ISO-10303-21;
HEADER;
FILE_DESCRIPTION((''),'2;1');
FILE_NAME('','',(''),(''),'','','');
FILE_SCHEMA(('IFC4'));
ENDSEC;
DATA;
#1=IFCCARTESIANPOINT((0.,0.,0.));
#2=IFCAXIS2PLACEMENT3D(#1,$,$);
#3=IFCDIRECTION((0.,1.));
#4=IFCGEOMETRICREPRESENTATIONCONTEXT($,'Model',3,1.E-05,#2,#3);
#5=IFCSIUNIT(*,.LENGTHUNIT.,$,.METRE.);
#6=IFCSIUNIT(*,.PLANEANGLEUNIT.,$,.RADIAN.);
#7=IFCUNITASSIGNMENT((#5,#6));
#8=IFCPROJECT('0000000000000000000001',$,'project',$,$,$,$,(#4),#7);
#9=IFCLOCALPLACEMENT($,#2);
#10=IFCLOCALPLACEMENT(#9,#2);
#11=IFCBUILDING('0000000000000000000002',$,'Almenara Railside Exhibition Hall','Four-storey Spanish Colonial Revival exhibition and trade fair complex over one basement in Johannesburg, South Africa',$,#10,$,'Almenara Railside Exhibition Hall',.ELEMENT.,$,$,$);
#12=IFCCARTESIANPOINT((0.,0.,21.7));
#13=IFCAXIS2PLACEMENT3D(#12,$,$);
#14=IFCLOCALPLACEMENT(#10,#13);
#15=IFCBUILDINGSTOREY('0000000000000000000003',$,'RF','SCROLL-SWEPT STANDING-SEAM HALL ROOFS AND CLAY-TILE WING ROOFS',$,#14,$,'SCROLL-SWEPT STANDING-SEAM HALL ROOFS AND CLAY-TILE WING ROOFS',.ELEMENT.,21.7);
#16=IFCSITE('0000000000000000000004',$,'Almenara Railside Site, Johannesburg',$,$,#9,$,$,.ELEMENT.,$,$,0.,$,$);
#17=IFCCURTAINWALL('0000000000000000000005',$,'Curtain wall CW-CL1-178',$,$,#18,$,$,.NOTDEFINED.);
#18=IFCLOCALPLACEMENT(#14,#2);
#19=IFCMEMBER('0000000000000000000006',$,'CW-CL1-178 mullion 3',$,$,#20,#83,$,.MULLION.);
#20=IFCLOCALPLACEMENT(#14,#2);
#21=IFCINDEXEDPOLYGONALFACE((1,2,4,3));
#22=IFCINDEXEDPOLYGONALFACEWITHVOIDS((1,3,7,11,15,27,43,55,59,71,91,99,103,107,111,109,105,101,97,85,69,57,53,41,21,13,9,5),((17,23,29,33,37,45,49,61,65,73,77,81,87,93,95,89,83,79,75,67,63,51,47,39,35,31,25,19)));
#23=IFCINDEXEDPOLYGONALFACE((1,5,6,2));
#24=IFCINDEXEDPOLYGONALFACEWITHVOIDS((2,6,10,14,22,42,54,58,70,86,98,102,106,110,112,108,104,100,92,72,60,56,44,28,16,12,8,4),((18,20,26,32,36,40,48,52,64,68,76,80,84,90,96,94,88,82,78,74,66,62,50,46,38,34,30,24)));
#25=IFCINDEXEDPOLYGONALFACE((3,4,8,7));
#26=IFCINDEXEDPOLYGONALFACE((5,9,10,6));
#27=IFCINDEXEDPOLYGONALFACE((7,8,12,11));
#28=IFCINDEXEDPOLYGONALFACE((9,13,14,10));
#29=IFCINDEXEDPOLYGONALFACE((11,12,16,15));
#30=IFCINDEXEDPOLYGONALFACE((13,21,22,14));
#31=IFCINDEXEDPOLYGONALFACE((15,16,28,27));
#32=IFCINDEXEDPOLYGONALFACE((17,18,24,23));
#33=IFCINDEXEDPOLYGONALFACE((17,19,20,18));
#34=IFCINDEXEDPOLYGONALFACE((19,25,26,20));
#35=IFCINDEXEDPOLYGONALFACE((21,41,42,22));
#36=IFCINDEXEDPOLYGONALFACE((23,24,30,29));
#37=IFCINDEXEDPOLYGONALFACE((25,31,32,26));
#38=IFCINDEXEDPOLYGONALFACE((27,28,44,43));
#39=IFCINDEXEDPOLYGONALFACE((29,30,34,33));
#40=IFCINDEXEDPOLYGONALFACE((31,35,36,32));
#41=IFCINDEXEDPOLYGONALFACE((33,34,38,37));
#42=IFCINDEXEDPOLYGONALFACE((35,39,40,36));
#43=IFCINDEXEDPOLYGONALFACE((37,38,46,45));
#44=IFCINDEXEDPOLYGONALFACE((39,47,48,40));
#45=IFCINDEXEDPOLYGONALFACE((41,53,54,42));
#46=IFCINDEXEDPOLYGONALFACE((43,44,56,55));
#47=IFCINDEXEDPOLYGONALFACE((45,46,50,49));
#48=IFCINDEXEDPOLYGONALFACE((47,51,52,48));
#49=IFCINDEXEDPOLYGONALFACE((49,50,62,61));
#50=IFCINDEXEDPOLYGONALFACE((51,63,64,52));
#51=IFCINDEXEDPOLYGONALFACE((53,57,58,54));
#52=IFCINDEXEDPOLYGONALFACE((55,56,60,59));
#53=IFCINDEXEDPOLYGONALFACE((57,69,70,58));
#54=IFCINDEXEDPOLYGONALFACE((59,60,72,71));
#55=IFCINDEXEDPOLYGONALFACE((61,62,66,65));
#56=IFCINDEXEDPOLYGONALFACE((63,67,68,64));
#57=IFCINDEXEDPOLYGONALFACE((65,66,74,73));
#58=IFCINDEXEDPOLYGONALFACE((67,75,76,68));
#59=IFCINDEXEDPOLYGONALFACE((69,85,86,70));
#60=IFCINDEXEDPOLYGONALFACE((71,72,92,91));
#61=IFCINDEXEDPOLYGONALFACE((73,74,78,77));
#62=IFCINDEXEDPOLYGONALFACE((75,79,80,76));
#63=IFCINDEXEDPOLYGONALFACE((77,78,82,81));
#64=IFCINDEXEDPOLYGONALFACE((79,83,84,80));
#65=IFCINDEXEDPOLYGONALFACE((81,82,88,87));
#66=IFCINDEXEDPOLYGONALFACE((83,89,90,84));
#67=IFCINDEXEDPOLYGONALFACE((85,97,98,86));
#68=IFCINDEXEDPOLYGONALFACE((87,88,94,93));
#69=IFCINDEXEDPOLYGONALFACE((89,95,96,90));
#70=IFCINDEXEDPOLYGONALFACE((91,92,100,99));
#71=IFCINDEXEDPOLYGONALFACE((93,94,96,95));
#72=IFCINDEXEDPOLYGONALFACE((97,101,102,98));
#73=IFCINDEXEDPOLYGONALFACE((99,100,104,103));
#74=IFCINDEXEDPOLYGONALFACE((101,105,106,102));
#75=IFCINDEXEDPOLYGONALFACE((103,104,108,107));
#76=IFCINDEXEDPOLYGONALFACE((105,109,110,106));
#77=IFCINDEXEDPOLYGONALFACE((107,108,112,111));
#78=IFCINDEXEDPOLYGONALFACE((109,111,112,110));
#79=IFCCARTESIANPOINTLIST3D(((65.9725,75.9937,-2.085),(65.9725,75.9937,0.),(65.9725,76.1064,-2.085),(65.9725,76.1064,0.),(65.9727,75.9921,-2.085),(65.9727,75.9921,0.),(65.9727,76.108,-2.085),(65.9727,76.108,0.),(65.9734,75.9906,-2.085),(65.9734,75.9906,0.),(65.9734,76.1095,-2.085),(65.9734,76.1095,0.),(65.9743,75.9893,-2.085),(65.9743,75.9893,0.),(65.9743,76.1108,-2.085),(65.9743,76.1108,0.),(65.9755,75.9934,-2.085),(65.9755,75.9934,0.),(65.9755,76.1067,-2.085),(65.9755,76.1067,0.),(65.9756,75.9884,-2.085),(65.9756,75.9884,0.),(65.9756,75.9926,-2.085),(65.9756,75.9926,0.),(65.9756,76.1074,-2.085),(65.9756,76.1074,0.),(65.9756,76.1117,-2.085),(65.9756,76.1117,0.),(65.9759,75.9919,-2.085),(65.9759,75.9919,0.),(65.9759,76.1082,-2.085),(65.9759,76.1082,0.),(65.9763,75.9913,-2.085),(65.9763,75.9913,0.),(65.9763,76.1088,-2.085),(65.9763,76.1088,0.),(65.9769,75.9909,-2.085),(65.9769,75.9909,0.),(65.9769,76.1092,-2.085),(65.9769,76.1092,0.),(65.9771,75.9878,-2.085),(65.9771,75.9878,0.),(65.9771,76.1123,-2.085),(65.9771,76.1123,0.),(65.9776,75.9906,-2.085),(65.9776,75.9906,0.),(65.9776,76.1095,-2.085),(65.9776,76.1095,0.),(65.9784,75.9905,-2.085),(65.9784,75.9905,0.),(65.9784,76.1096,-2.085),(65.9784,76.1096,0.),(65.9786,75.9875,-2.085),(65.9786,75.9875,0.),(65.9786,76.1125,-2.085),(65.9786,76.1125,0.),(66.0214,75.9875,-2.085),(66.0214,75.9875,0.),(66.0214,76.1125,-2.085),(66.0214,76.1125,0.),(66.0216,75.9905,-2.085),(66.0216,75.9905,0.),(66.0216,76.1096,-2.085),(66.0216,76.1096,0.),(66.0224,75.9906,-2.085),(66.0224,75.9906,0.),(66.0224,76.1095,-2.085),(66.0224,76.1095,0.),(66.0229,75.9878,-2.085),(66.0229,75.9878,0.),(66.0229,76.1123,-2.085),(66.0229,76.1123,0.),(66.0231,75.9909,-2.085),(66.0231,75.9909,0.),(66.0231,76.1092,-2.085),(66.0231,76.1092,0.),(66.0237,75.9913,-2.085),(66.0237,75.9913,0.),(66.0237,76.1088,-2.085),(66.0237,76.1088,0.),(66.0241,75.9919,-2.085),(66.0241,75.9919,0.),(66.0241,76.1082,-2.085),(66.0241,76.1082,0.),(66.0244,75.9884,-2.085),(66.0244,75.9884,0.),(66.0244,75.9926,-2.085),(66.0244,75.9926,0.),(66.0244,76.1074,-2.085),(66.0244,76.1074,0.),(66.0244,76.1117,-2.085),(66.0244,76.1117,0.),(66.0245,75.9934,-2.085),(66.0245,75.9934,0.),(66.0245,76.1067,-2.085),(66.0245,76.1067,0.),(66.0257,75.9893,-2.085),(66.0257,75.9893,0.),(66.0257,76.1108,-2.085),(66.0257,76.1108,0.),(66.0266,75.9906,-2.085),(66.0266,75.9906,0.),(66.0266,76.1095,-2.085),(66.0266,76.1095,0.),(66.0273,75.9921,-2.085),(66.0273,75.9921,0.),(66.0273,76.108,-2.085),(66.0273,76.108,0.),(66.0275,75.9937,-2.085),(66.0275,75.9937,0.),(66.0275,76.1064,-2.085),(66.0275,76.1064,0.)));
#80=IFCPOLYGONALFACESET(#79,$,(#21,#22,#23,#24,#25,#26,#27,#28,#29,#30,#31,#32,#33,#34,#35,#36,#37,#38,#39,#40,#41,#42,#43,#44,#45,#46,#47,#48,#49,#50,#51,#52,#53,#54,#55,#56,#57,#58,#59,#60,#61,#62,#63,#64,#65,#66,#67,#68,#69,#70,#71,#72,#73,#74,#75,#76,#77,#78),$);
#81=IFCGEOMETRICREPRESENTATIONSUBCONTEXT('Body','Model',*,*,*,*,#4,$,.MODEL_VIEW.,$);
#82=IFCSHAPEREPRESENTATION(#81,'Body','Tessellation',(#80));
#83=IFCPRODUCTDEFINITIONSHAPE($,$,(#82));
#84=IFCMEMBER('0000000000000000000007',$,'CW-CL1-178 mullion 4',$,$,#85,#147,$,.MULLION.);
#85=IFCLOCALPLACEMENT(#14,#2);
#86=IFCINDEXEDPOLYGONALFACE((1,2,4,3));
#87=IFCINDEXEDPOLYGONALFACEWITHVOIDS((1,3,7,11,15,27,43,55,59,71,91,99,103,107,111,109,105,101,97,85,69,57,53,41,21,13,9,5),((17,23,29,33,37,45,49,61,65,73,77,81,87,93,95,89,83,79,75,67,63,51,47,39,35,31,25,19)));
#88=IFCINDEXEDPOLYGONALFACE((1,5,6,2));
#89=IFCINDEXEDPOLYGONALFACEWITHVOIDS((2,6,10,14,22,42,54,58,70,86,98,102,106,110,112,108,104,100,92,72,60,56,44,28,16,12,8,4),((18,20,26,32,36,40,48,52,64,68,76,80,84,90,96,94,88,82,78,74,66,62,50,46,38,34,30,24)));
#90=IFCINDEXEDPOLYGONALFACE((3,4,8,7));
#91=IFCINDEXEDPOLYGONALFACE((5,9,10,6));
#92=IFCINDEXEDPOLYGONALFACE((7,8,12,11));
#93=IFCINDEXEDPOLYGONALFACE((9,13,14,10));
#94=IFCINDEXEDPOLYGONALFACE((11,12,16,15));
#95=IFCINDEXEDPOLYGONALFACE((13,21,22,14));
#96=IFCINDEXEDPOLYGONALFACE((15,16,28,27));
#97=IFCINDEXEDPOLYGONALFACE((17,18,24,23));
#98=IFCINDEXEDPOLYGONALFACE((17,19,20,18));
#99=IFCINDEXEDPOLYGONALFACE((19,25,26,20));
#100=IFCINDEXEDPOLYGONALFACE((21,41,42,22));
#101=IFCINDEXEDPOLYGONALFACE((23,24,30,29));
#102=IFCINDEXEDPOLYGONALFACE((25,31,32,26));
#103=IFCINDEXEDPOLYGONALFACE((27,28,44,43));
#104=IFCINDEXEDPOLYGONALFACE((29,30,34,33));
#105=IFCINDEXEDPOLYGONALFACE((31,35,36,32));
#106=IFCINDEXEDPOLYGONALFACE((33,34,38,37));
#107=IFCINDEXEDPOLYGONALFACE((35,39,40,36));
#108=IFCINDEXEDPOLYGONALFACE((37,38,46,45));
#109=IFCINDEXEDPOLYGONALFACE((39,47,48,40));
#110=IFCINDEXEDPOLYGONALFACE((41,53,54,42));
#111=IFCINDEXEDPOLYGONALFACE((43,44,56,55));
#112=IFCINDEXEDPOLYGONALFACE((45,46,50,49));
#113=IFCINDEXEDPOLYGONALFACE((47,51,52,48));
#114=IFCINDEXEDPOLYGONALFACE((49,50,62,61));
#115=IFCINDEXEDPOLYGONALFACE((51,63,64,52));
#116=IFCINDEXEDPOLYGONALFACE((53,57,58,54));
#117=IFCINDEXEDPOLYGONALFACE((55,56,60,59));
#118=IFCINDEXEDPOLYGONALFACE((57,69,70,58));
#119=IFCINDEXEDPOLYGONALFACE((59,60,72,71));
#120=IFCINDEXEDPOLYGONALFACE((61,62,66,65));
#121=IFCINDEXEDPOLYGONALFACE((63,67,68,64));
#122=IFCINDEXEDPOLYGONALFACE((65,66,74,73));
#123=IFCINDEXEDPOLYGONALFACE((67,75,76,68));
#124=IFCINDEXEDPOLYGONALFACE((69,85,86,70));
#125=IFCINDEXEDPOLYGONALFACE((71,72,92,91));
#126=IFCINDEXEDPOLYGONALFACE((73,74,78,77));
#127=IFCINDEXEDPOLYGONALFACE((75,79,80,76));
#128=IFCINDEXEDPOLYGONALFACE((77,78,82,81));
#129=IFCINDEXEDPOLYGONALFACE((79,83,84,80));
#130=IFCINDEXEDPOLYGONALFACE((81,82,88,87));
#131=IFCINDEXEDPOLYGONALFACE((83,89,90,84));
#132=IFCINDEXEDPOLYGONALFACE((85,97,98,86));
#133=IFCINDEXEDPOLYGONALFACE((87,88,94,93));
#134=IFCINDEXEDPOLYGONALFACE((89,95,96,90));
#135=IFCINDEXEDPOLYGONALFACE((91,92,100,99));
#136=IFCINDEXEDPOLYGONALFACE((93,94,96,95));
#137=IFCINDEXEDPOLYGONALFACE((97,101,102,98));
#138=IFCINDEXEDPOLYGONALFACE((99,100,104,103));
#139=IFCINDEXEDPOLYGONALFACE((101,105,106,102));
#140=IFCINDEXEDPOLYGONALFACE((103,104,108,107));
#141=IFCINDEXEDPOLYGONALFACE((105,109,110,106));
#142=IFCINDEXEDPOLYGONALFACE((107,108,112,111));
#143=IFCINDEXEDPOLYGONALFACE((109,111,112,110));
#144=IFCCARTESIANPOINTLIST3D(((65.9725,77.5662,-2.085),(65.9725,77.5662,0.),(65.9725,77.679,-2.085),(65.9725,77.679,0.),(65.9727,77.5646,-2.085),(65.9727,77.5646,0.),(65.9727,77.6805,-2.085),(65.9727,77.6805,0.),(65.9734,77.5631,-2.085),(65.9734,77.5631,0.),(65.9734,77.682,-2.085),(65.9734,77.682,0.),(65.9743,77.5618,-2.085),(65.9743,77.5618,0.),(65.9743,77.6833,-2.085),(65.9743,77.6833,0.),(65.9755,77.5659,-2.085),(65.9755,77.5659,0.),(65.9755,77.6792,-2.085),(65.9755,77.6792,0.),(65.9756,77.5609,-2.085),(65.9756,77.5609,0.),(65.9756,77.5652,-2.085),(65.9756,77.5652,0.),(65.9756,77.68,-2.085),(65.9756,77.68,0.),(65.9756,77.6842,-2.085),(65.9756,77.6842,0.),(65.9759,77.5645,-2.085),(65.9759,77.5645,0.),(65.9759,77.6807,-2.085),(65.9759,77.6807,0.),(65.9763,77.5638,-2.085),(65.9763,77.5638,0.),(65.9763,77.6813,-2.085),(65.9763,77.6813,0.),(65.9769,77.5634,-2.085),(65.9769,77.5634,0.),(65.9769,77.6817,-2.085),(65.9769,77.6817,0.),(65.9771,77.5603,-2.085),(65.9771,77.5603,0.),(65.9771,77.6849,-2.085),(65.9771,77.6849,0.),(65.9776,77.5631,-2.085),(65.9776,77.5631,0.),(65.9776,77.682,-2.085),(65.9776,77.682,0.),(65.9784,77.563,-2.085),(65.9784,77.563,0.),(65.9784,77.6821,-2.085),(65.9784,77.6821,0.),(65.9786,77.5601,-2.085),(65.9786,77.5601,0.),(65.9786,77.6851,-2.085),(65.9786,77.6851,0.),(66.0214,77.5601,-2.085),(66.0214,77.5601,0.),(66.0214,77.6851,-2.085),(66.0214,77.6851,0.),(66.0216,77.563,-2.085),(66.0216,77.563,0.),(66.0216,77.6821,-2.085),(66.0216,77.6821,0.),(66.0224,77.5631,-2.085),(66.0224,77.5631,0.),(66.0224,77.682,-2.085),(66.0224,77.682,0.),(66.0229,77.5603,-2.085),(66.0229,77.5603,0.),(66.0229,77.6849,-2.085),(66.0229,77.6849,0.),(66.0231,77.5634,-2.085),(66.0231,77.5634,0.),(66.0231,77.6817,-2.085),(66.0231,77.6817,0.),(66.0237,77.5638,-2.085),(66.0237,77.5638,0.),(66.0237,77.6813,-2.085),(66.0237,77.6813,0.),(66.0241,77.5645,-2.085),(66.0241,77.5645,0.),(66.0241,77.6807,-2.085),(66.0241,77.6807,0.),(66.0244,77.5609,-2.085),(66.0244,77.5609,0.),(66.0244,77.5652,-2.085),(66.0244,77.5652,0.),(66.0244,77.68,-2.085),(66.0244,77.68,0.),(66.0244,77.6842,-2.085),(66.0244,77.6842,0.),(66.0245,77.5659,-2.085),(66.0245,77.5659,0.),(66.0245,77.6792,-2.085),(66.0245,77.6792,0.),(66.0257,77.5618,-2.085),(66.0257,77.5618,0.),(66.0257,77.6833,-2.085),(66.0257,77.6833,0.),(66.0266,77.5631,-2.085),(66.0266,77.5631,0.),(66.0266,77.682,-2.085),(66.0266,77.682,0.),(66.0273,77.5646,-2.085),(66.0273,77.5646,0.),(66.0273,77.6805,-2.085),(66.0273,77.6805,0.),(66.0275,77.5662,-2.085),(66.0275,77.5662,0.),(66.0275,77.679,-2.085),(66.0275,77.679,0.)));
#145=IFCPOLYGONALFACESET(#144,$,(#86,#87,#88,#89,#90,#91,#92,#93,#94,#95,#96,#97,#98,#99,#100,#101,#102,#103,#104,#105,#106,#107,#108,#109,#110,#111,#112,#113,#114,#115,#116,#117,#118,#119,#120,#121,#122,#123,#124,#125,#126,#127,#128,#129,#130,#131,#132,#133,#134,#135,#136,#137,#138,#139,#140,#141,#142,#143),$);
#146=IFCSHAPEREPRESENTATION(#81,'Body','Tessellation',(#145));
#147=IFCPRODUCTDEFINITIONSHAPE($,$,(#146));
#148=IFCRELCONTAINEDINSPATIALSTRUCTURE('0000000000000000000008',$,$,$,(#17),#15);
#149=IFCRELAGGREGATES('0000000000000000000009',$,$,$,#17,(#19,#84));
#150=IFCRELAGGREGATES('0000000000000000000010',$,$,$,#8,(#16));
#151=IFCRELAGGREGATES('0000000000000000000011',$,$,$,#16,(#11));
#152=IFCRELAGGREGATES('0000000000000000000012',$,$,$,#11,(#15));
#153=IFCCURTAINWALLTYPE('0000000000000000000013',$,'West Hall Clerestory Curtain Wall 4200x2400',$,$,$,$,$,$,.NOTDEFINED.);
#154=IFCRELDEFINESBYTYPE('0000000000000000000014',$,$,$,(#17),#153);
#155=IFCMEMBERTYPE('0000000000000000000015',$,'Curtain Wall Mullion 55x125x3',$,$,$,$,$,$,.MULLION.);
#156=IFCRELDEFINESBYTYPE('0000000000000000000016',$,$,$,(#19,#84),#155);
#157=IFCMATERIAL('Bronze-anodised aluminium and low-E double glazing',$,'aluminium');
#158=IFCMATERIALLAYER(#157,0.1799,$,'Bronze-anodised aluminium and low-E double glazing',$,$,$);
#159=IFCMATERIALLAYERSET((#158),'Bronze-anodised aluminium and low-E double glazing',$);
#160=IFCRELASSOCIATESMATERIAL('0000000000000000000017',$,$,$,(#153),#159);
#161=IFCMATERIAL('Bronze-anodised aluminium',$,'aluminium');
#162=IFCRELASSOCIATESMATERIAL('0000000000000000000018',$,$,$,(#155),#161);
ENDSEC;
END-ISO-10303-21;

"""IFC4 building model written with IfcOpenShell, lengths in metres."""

from ifc_helpers import new_model, si_unit, direction, frame, origin, origin_2d, place, context, subcontext, project, spatial, hollow_rectangle, extrude, material, layer, layer_set, material_profile, profile_set, type_object, element, aggregate, save


model = new_model("IFC4")

# Units and contexts
model_context = context("Model", 3, precision=1e-05, world=origin(), true_north=direction((0.0, 1.0)))
body_context = subcontext(model_context, "Body", "Model", "MODEL_VIEW")
ifc_project = project(units=[si_unit("LENGTHUNIT", "METRE"), si_unit("PLANEANGLEUNIT", "RADIAN")], contexts=[model_context])

# Site, building, storey
site_placement = place(None, origin())
site = spatial("IfcSite", under=ifc_project, at=site_placement, Name="Almenara Railside Site, Johannesburg", CompositionType="ELEMENT", RefElevation=0.0)
building_placement = place(site_placement, origin())
building = spatial("IfcBuilding", under=site, at=building_placement, Name="Almenara Railside Exhibition Hall", Description="Four-storey Spanish Colonial Revival exhibition and trade fair complex over one basement in Johannesburg, South Africa", LongName="Almenara Railside Exhibition Hall", CompositionType="ELEMENT")
storey_placement = place(building_placement, frame((0.0, 0.0, 21.7)))
storey = spatial("IfcBuildingStorey", under=building, at=storey_placement, Name="RF", Description="SCROLL-SWEPT STANDING-SEAM HALL ROOFS AND CLAY-TILE WING ROOFS", LongName="SCROLL-SWEPT STANDING-SEAM HALL ROOFS AND CLAY-TILE WING ROOFS", CompositionType="ELEMENT", Elevation=21.7)

# Curtain wall, members
ifc_material_1 = material(Name="Bronze-anodised aluminium and low-E double glazing", Category="aluminium")
ifc_layer_1 = layer(ifc_material_1, 0.1799, Name="Bronze-anodised aluminium and low-E double glazing")
ifc_layer_set_1 = layer_set([ifc_layer_1], Name="Bronze-anodised aluminium and low-E double glazing")
curtain_wall_type = type_object("IfcCurtainWallType", Name="West Hall Clerestory Curtain Wall 4200x2400", PredefinedType="NOTDEFINED", material=ifc_layer_set_1)
curtain_wall_1_placement = place(storey_placement, origin())
curtain_wall_1 = element("IfcCurtainWall", 1, at=curtain_wall_1_placement, inside=storey, type_object=curtain_wall_type, Name="Curtain wall CW-CL1-178", PredefinedType="NOTDEFINED")
ifc_material_2 = material(Name="Bronze-anodised aluminium", Category="aluminium")
ifc_material_profile_1 = material_profile(ifc_material_2, hollow_rectangle(XDim=0.0549, YDim=0.125, WallThickness=0.0029, InnerFilletRadius=0.0029, OuterFilletRadius=0.0061, at=origin_2d()), Name="ALU-MUL 55x125x3")
ifc_profile_set_1 = profile_set([ifc_material_profile_1], Name="Bronze-anodised aluminium")
member_type_1 = type_object("IfcMemberType", Name="Curtain Wall Mullion 55x125x3", PredefinedType="MULLION", material=ifc_profile_set_1)
member_1_placement = place(storey_placement, frame((66.0, 76.05, -2.085), z_axis=(0.0, 0.0, 1.0), x_axis=(-1.0, 0.0, 0.0)))
member_1 = element("IfcMember", 2, at=member_1_placement, type_object=member_type_1, Name="CW-CL1-178 mullion 3", PredefinedType="MULLION", context=body_context, shape_type="SweptSolid", body=[
    extrude(hollow_rectangle(XDim=0.0549, YDim=0.125, WallThickness=0.0029, InnerFilletRadius=0.0029, OuterFilletRadius=0.0061, at=origin_2d()), origin(), (0.0, 0.0, 1.0), 2.085),
])
member_2_placement = place(storey_placement, frame((66.0, 77.6226, -2.085), z_axis=(0.0, 0.0, 1.0), x_axis=(-1.0, 0.0, 0.0)))
member_2 = element("IfcMember", 3, at=member_2_placement, type_object=member_type_1, Name="CW-CL1-178 mullion 4", PredefinedType="MULLION", context=body_context, shape_type="SweptSolid", body=[
    extrude(hollow_rectangle(XDim=0.0549, YDim=0.125, WallThickness=0.0029, InnerFilletRadius=0.0029, OuterFilletRadius=0.0061, at=origin_2d()), origin(), (0.0, 0.0, 1.0), 2.085),
])

aggregate(curtain_wall_1, [member_1, member_2])

save(model, "model.ifc")
